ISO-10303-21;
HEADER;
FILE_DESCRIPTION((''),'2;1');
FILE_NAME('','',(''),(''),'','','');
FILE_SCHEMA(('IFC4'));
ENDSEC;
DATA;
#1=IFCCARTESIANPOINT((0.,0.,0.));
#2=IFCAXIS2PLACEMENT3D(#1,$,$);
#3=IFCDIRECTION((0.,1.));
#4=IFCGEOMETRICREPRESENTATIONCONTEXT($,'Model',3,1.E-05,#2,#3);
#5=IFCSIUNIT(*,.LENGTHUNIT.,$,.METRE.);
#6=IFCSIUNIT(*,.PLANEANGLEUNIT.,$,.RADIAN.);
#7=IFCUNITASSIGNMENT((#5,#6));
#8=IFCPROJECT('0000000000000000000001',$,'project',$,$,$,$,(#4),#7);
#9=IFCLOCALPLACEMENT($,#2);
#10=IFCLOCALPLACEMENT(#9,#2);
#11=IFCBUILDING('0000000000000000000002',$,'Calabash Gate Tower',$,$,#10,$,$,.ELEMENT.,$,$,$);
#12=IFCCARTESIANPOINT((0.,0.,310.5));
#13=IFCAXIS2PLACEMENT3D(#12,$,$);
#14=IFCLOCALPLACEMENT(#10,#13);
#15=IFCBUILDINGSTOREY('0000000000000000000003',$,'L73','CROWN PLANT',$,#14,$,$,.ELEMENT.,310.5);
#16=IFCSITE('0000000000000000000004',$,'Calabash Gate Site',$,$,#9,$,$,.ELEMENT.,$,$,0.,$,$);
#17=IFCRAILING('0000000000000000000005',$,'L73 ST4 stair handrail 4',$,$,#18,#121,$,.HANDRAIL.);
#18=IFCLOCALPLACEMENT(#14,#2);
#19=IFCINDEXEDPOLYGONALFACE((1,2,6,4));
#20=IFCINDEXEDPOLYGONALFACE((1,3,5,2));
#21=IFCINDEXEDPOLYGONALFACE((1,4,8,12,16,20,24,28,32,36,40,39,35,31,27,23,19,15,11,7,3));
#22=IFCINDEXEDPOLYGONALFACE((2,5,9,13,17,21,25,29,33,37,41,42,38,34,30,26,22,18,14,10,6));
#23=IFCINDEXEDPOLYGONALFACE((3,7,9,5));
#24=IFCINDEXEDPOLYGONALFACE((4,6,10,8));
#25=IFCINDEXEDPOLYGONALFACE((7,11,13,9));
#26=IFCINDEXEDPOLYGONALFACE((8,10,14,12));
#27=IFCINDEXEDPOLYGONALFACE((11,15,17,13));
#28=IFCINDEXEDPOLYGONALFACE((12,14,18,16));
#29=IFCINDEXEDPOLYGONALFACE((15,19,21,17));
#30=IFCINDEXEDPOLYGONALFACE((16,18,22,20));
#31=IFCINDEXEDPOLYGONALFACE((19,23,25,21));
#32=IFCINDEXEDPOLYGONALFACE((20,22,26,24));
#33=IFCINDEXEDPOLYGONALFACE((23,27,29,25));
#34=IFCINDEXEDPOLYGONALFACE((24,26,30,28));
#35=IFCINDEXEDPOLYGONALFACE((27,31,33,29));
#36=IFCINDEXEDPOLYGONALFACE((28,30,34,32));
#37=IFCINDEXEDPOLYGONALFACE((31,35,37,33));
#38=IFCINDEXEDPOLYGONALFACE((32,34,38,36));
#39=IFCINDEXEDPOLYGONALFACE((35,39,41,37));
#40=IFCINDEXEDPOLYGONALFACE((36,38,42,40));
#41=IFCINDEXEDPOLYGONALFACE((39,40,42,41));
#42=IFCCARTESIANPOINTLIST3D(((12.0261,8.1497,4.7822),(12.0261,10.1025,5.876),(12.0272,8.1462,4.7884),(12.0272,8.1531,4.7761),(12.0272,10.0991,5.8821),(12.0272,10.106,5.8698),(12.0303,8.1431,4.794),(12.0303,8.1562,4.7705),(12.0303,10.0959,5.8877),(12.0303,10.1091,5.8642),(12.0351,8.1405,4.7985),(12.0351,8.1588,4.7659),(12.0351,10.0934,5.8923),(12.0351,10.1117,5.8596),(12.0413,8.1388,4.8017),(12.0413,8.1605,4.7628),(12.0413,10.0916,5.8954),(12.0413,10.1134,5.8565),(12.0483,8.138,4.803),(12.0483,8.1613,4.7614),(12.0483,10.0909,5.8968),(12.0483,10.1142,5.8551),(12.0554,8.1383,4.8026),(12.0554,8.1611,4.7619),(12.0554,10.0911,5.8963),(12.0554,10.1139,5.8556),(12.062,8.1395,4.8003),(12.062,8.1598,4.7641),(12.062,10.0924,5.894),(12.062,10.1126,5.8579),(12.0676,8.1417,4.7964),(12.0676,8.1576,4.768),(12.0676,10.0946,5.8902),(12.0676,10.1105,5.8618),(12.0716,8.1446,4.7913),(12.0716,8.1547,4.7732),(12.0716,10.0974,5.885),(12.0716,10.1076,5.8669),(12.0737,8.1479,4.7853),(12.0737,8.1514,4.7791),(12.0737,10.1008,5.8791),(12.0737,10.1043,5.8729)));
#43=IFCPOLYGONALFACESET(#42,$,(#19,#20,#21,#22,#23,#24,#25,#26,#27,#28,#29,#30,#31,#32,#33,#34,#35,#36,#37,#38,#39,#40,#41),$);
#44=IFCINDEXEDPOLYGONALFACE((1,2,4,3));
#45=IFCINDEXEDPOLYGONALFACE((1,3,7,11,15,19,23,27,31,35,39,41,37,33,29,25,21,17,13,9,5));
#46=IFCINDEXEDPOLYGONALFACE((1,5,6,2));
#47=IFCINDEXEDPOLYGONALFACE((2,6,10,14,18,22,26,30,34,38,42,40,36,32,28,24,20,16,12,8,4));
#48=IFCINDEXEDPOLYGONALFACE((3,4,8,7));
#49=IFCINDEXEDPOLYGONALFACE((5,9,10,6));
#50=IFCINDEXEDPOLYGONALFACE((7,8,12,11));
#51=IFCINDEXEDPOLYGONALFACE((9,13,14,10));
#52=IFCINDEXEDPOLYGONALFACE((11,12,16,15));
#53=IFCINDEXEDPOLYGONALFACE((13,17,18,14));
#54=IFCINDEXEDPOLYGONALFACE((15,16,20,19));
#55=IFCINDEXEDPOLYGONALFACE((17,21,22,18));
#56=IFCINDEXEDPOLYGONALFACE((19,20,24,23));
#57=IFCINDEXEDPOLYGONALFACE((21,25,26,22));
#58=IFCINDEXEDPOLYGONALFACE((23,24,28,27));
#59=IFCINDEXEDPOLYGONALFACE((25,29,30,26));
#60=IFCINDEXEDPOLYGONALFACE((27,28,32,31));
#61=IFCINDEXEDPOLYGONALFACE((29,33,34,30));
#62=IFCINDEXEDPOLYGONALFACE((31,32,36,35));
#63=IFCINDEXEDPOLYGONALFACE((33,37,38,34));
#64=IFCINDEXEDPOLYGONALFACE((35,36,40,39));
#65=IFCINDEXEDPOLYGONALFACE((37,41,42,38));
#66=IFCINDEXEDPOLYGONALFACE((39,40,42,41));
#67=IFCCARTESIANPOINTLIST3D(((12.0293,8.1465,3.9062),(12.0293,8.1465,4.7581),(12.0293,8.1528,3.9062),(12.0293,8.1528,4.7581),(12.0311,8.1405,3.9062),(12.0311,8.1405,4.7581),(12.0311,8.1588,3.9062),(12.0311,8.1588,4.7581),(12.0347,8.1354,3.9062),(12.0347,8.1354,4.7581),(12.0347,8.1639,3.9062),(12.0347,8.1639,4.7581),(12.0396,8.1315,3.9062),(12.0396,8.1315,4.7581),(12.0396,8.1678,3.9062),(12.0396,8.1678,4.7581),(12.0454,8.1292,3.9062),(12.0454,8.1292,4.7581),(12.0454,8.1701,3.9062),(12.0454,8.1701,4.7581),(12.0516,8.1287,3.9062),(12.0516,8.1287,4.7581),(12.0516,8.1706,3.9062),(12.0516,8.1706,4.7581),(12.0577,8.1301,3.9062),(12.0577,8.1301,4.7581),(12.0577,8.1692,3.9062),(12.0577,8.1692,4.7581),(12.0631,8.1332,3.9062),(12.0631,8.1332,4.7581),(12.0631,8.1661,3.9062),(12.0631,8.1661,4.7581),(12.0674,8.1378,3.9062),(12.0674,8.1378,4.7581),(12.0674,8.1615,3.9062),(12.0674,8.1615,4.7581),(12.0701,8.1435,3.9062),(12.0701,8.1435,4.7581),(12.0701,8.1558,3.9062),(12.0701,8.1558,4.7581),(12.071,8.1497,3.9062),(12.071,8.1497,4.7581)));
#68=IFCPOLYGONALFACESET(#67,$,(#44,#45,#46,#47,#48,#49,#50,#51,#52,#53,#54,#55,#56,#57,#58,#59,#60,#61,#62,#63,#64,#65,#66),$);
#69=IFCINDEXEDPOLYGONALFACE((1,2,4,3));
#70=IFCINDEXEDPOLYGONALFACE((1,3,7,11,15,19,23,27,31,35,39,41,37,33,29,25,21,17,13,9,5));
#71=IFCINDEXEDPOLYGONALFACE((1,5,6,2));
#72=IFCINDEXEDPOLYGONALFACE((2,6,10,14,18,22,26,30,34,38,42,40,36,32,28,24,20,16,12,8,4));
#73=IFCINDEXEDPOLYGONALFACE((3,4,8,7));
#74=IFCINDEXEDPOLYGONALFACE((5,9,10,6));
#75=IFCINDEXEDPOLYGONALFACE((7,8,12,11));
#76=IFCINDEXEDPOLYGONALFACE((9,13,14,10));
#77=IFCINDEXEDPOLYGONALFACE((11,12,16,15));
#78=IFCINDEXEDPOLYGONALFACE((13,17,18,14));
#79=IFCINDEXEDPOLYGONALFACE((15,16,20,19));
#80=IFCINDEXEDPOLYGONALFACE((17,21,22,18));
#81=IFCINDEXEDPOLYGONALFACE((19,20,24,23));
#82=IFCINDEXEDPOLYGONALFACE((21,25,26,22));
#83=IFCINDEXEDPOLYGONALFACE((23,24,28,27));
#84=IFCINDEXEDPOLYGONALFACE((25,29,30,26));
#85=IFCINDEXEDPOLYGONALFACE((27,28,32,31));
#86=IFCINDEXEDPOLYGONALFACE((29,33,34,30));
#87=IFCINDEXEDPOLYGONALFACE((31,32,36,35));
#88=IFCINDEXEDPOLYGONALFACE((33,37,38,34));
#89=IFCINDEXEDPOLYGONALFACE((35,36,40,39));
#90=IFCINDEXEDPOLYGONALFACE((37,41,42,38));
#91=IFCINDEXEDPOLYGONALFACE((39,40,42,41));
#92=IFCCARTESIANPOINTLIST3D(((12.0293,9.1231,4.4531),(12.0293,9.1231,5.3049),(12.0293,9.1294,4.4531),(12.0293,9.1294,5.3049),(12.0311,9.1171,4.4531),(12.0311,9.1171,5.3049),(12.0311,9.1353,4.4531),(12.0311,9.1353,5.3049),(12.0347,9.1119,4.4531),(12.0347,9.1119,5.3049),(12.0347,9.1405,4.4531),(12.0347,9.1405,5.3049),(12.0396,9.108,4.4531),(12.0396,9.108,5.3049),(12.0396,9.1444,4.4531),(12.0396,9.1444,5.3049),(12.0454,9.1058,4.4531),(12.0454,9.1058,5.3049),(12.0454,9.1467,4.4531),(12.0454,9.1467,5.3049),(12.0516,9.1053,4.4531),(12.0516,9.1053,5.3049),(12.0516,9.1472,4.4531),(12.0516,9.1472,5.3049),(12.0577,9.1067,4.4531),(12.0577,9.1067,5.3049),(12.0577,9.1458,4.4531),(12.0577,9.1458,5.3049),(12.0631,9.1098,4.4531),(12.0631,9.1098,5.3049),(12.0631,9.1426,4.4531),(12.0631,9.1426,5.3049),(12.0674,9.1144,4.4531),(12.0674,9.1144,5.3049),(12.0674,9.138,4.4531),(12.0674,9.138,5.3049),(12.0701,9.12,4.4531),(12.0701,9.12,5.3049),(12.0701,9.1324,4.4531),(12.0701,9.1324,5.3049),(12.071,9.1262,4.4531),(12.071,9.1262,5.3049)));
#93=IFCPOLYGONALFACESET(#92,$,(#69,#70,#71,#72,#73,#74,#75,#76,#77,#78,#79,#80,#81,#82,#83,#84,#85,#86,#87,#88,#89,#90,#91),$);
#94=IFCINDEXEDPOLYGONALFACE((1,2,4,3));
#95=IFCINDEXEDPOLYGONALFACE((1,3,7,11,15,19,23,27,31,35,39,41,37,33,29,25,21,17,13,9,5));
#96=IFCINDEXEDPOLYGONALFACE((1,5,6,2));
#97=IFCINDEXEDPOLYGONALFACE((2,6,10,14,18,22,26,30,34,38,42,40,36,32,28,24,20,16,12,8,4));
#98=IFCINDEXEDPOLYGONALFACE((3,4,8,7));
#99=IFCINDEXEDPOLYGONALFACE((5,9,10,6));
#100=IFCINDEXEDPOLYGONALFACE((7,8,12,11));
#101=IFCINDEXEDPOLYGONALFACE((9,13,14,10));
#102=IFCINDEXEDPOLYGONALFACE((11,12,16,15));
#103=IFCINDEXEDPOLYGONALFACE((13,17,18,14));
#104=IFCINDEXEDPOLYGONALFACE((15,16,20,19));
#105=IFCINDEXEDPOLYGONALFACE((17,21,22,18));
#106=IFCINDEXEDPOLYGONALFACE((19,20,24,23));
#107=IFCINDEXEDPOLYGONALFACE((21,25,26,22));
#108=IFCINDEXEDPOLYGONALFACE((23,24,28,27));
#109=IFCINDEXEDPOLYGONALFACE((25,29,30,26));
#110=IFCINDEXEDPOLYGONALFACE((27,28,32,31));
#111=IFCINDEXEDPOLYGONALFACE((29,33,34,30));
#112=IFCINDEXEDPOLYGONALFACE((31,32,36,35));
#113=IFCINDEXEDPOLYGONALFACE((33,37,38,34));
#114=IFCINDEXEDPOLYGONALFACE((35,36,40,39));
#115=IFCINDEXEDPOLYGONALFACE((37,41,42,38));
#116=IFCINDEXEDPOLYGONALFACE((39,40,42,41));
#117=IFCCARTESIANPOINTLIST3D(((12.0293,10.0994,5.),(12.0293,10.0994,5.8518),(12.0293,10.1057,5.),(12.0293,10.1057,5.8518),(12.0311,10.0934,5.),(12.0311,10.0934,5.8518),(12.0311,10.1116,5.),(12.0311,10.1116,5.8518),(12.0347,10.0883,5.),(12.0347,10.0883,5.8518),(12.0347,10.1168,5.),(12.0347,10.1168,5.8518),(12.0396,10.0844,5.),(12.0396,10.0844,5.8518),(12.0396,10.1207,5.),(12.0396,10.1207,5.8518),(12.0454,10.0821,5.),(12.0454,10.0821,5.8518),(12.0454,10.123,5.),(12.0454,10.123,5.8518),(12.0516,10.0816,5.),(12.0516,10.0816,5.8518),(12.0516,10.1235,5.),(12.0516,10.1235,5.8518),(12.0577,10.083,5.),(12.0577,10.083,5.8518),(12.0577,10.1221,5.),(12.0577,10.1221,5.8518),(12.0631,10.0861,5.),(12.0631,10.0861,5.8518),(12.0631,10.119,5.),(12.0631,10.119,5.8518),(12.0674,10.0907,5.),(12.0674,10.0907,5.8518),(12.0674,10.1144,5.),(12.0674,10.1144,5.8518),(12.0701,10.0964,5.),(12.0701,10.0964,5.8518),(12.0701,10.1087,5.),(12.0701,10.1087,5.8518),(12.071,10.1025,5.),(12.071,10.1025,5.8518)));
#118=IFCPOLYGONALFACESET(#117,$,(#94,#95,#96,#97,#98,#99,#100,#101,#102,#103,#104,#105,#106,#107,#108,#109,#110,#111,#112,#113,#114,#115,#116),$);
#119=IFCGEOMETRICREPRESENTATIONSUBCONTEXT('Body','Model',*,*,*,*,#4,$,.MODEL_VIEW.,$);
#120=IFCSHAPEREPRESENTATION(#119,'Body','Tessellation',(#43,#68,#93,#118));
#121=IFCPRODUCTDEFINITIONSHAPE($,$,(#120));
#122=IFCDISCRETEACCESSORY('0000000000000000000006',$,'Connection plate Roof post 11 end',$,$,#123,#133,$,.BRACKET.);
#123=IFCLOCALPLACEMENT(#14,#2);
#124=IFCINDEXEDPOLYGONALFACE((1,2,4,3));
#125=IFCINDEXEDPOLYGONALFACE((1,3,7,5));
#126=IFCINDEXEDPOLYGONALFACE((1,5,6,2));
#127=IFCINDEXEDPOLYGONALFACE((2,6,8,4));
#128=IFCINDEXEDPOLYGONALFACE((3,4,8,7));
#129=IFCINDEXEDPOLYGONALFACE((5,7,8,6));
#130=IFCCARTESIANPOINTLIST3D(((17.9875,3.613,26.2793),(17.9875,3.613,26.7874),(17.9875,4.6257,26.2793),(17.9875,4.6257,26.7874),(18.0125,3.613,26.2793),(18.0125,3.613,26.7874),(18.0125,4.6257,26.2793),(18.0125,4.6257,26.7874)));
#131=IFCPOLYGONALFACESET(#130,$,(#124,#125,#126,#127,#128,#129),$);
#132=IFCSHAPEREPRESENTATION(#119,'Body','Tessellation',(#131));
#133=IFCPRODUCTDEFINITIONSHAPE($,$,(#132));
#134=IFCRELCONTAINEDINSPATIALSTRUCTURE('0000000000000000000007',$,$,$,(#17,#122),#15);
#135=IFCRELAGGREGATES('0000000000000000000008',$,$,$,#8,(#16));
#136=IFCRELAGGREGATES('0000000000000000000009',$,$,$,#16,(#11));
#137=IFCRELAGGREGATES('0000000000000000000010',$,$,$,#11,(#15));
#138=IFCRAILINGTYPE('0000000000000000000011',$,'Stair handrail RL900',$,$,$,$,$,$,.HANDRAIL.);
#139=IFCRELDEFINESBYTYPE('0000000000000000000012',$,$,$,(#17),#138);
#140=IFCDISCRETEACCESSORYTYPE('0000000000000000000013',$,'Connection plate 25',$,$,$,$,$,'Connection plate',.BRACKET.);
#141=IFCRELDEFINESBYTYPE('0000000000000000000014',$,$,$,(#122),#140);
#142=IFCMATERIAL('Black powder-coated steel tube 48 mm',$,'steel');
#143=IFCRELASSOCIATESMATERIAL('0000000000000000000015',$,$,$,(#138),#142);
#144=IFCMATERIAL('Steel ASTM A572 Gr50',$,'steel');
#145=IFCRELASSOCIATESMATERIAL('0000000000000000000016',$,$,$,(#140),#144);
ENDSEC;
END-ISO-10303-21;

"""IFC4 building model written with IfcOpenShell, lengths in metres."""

from ifc_helpers import new_model, si_unit, direction, frame, origin, origin_2d, place, context, subcontext, project, spatial, rectangle, circle, extrude, material, type_object, element, save


model = new_model("IFC4")

# Units and contexts
model_context = context("Model", 3, precision=1e-05, world=origin(), true_north=direction((0.0, 1.0)))
body_context = subcontext(model_context, "Body", "Model", "MODEL_VIEW")
ifc_project = project(units=[si_unit("LENGTHUNIT", "METRE"), si_unit("PLANEANGLEUNIT", "RADIAN")], contexts=[model_context])

# Site, building, storey
site_placement = place(None, origin())
site = spatial("IfcSite", under=ifc_project, at=site_placement, Name="Calabash Gate Site", CompositionType="ELEMENT", RefElevation=0.0)
building_placement = place(site_placement, origin())
building = spatial("IfcBuilding", under=site, at=building_placement, Name="Calabash Gate Tower", CompositionType="ELEMENT")
storey_placement = place(building_placement, frame((0.0, 0.0, 310.5)))
storey = spatial("IfcBuildingStorey", under=building, at=storey_placement, Name="L73", Description="CROWN PLANT", CompositionType="ELEMENT", Elevation=310.5)

# Railing
ifc_material_1 = material(Name="Black powder-coated steel tube 48 mm", Category="steel")
railing_type = type_object("IfcRailingType", Name="Stair handrail RL900", PredefinedType="HANDRAIL", material=ifc_material_1)
for number, where, name in (
    (1, (12.05, 8.1497, 3.9062), "L73 ST4 stair handrail 4"),
):
    element("IfcRailing", number, at=place(storey_placement, frame(where)), inside=storey, type_object=railing_type, Name=name, PredefinedType="HANDRAIL", context=body_context, shape_type="SweptSolid", body=[
        extrude(circle(Radius=0.0239, at=origin_2d()), frame((0.0, 0.0, 0.876), z_axis=(0.0, 0.87248, 0.48865), x_axis=(-1.0, 0.0, 0.0)), (0.0, 0.0, 1.0), 2.2383),
        extrude(circle(Radius=0.021, at=origin_2d()), origin(), (0.0, 0.0, 1.0), 0.8518),
        extrude(circle(Radius=0.021, at=origin_2d()), frame((0.0, 0.9766, 0.5469)), (0.0, 0.0, 1.0), 0.8518),
        extrude(circle(Radius=0.021, at=origin_2d()), frame((0.0, 1.9529, 1.0938)), (0.0, 0.0, 1.0), 0.8518),
    ])

# Discrete accessory
ifc_material_2 = material(Name="Steel ASTM A572 Gr50", Category="steel")
discrete_accessory_type = type_object("IfcDiscreteAccessoryType", Name="Connection plate 25", ElementType="Connection plate", PredefinedType="BRACKET", material=ifc_material_2)
discrete_accessory_placement = place(storey_placement, frame((18.0, 4.1194, 26.2793), z_axis=(0.0, 0.0, 1.0), x_axis=(0.0, 1.0, 0.0)))
element("IfcDiscreteAccessory", 2, at=discrete_accessory_placement, inside=storey, type_object=discrete_accessory_type, Name="Connection plate Roof post 11 end", PredefinedType="BRACKET", context=body_context, shape_type="SweptSolid", body=[
    extrude(rectangle(XDim=1.0127, YDim=0.0249, at=origin_2d()), origin(), (0.0, 0.0, 1.0), 0.5081),
])

save(model, "model.ifc")
